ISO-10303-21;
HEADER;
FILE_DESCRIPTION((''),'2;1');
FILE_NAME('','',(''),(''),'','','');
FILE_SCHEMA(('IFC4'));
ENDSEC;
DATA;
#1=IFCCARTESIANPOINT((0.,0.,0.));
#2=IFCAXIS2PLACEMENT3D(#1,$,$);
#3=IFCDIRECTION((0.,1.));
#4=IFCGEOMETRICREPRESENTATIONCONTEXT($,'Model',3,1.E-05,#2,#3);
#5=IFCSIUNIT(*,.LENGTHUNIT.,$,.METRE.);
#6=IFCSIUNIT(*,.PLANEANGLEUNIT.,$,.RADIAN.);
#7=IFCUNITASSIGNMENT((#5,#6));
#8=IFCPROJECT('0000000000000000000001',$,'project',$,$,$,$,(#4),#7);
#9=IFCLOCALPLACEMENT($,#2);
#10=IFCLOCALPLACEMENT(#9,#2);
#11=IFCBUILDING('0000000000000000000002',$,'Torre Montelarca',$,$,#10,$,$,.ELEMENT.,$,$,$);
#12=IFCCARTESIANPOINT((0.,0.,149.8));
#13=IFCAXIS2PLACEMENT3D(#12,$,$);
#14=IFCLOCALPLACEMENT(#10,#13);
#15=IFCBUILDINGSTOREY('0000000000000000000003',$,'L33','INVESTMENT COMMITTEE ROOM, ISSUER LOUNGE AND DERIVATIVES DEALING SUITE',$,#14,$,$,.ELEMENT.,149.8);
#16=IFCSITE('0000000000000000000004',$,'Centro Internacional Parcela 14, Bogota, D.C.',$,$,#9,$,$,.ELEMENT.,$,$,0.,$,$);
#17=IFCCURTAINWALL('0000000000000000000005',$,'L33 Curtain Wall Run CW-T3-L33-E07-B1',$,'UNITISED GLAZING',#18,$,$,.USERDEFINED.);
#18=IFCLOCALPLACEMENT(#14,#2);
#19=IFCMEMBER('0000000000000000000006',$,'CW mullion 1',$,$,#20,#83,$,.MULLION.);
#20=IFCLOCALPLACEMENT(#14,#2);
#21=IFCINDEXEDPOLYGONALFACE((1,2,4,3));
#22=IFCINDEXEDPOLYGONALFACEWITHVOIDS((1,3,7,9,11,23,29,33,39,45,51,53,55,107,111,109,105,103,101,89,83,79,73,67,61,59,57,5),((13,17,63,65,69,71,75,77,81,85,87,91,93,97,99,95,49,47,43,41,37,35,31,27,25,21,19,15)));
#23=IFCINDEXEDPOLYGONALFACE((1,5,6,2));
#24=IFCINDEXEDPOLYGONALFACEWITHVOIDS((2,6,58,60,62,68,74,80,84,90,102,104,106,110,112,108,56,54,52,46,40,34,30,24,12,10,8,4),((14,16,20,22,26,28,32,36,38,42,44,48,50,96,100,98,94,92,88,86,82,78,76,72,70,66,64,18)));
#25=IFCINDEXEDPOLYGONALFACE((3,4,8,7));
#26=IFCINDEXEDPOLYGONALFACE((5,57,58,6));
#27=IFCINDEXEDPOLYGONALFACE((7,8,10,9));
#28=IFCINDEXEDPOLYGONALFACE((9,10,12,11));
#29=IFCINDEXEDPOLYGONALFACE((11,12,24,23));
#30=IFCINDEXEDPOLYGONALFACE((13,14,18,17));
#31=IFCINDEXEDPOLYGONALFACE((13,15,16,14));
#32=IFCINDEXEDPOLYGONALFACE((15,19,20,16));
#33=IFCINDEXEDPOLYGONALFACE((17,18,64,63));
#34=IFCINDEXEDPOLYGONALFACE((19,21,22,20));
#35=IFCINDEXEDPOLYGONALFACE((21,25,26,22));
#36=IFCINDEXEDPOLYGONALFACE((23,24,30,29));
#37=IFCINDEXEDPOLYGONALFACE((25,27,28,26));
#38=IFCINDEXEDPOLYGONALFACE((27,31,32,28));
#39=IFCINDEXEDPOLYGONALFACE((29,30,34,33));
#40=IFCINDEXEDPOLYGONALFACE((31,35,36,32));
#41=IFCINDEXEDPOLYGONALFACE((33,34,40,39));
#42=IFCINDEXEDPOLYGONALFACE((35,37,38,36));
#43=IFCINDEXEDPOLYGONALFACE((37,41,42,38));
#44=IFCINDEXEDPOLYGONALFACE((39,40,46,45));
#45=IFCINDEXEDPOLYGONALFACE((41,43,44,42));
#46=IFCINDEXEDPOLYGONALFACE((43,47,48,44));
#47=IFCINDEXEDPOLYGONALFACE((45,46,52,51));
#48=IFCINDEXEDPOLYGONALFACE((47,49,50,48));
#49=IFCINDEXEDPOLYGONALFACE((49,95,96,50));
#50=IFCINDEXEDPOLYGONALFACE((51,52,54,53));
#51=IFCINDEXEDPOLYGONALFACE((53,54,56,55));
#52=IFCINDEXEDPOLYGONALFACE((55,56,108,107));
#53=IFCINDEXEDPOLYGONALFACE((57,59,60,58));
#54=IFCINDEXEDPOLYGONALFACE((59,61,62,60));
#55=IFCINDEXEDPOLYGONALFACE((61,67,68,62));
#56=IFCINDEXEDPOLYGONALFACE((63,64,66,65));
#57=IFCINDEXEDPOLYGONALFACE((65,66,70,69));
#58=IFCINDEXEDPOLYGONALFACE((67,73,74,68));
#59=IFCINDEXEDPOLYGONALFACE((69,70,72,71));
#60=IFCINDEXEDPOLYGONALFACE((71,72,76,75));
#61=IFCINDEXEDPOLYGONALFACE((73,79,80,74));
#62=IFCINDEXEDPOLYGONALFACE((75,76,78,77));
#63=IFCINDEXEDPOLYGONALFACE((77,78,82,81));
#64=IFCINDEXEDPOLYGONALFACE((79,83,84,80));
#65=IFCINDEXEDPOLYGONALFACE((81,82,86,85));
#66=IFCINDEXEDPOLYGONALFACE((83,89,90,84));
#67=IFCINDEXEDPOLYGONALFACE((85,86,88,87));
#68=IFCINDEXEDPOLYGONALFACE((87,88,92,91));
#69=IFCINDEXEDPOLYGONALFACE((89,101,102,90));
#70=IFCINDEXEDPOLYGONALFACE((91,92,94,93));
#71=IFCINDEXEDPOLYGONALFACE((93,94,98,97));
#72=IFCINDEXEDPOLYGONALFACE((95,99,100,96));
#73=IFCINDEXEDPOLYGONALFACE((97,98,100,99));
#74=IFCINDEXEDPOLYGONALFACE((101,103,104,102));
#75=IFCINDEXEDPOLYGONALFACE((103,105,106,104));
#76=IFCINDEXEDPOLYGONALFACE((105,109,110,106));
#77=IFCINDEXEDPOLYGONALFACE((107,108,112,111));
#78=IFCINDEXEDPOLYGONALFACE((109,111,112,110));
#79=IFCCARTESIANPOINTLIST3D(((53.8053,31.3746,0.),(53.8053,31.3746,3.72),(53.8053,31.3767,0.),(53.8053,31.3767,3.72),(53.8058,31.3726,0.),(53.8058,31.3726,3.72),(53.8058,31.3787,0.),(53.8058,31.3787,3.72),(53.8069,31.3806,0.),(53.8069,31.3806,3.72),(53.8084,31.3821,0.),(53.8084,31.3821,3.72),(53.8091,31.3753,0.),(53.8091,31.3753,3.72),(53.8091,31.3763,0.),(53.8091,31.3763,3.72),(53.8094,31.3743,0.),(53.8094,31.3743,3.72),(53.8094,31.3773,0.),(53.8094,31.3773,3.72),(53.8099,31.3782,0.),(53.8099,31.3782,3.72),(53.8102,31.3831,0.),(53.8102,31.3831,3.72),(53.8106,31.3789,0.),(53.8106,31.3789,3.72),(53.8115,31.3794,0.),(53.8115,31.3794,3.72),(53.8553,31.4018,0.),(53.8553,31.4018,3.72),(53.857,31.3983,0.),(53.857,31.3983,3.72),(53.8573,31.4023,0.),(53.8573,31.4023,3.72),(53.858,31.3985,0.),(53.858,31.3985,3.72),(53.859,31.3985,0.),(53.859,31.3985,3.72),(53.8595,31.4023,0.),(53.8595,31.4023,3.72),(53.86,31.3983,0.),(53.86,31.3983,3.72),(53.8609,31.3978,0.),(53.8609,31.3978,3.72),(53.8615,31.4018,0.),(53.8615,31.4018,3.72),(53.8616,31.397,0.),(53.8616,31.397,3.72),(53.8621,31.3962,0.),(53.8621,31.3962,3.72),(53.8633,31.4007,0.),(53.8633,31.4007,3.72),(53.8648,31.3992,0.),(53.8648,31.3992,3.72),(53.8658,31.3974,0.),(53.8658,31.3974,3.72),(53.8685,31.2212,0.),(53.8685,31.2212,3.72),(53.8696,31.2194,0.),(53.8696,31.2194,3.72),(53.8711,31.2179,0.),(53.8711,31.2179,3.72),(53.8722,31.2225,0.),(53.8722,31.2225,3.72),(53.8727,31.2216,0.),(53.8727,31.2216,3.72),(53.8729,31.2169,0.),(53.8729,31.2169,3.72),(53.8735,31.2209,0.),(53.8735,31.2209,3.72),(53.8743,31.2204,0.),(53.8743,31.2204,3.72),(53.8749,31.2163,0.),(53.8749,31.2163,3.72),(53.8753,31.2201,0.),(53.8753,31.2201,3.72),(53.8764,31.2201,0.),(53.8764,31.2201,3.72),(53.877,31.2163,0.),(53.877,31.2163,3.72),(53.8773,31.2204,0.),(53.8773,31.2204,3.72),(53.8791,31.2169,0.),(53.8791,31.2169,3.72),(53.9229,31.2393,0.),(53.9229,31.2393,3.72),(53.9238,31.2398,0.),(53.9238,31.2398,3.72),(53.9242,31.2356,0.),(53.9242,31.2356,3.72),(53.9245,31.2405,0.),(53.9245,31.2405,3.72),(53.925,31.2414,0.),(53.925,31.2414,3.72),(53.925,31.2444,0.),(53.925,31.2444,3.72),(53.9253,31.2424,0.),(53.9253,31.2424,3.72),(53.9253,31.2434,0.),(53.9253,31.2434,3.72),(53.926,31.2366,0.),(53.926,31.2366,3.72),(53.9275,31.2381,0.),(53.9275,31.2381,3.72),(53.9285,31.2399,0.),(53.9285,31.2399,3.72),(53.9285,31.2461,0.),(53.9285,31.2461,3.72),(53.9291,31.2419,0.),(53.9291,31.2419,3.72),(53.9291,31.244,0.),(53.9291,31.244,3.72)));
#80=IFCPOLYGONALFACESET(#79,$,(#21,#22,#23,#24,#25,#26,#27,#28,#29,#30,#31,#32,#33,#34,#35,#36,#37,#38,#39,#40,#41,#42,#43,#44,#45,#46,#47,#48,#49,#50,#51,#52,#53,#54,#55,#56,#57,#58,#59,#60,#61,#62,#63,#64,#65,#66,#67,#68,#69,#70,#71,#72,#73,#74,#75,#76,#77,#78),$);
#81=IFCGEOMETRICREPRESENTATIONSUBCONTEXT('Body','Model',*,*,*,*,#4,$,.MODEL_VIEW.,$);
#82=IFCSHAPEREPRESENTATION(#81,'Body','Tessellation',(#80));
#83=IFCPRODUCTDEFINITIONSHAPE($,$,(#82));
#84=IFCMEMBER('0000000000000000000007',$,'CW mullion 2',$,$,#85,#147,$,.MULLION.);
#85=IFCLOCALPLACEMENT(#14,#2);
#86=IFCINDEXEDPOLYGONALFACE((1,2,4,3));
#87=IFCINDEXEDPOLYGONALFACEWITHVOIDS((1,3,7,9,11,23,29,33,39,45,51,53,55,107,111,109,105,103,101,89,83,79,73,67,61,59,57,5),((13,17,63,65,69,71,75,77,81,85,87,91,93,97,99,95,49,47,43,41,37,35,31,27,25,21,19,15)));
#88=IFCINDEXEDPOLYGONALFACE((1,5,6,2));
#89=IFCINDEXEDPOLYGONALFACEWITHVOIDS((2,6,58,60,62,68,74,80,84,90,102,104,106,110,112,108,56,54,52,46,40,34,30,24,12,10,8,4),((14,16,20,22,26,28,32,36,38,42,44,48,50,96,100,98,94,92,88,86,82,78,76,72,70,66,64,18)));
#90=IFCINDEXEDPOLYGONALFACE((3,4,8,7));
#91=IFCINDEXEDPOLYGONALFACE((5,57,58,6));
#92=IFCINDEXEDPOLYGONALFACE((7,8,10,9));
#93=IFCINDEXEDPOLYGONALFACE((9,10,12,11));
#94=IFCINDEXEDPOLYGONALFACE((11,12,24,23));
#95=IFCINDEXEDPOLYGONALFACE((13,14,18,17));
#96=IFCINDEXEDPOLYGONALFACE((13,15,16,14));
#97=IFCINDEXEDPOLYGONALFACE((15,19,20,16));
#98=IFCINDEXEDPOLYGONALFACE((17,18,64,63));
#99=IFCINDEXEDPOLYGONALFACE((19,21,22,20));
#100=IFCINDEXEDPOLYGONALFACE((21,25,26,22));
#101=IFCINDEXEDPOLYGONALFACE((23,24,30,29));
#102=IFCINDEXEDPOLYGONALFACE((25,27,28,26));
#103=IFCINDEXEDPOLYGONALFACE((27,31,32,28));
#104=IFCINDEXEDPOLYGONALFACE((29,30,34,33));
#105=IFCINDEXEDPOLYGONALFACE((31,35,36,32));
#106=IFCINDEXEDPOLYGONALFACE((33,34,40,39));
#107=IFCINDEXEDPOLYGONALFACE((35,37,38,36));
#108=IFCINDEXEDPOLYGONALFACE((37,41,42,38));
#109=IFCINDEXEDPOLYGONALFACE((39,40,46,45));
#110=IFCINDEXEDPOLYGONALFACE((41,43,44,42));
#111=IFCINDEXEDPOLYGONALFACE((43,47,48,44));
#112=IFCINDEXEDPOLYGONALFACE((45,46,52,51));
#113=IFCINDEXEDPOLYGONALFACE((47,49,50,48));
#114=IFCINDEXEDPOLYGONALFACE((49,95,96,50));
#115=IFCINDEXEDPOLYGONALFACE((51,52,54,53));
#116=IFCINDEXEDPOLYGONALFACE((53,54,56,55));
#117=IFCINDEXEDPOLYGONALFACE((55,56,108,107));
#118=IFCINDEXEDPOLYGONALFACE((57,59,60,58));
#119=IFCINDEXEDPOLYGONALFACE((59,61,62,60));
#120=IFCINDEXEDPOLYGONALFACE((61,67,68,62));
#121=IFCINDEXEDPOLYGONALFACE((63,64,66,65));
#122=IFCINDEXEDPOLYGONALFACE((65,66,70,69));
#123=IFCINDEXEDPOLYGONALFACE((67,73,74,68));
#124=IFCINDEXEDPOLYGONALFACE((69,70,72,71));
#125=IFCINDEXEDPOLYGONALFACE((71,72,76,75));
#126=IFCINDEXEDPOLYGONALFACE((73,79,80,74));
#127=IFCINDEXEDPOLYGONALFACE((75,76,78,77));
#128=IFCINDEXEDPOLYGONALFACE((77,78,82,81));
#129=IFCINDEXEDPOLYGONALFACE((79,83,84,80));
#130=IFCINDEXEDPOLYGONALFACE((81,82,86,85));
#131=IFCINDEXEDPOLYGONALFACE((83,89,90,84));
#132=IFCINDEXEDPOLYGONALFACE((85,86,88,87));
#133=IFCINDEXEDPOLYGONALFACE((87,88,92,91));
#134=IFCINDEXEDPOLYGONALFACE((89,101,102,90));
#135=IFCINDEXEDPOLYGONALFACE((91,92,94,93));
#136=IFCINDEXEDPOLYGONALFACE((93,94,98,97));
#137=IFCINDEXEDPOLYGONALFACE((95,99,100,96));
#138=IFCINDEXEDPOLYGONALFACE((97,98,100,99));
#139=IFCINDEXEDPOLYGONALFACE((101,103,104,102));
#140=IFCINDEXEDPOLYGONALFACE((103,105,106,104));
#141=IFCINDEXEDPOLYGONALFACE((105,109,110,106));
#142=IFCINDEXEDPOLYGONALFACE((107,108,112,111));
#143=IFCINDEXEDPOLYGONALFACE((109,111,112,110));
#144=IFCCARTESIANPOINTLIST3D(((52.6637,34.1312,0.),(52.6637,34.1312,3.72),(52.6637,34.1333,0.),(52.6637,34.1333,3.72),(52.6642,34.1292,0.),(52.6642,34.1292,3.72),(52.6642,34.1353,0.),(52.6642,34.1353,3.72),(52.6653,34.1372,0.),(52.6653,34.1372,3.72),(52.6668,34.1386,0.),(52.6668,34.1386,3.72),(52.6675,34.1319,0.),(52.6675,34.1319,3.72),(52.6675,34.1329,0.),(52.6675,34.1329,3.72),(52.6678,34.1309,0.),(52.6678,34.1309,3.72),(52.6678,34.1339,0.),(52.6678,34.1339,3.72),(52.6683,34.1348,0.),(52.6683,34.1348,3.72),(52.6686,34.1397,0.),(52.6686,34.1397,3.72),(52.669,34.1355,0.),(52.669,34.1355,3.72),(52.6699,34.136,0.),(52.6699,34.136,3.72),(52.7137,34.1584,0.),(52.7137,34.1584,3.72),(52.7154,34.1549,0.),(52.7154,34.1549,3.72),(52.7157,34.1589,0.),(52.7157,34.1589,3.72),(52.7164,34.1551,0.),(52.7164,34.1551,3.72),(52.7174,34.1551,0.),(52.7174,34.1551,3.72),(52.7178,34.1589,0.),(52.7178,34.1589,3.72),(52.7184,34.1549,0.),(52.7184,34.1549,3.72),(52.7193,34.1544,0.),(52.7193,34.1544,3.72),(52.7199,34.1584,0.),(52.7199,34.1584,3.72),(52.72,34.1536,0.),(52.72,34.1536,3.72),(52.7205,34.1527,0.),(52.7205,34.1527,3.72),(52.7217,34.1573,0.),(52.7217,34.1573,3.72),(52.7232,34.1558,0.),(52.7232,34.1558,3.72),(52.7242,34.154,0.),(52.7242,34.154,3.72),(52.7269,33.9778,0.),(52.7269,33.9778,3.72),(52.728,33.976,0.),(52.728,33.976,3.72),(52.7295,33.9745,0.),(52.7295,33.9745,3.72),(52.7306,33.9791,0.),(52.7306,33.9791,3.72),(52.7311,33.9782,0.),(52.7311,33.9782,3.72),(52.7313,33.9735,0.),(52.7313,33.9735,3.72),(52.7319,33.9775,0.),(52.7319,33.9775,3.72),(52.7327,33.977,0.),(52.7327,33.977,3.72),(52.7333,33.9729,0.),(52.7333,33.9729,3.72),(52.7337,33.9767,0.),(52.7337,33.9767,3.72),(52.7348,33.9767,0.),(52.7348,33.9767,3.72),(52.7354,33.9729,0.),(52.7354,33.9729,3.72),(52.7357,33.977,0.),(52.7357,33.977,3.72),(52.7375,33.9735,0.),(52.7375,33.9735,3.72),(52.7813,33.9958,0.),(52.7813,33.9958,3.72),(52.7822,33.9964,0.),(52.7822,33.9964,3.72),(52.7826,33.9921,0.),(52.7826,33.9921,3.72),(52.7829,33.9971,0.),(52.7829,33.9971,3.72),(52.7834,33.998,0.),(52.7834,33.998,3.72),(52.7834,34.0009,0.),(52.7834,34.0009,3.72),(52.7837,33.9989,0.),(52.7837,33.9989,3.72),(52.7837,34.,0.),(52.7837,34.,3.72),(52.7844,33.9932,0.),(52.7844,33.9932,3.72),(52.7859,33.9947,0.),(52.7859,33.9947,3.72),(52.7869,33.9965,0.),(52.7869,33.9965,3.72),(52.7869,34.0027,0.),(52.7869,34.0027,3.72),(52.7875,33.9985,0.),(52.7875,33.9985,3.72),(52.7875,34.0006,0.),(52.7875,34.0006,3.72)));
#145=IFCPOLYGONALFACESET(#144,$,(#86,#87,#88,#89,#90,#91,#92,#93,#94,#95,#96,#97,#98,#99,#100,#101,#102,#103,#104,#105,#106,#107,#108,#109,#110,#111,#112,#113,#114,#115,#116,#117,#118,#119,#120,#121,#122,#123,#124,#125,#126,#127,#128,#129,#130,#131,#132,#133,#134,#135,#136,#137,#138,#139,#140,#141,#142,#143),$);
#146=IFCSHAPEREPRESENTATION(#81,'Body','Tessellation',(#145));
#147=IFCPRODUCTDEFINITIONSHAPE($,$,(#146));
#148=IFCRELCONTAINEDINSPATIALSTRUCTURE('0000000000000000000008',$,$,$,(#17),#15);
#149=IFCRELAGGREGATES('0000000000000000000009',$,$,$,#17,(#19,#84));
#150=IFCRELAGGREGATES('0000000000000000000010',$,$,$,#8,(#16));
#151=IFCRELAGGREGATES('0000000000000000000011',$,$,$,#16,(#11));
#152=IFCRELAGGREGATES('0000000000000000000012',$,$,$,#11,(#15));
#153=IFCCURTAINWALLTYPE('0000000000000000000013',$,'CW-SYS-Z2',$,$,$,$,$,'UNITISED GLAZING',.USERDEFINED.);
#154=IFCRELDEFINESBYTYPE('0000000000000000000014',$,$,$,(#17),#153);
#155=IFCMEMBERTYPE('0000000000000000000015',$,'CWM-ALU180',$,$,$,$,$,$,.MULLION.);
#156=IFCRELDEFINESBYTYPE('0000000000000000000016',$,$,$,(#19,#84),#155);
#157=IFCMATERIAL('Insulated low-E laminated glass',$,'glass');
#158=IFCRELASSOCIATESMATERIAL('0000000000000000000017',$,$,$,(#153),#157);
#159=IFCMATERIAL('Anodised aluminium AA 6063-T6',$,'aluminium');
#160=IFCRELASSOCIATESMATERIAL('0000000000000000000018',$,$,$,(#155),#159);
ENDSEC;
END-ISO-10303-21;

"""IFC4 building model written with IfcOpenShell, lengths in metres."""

from ifc_helpers import new_model, si_unit, direction, frame, origin, origin_2d, place, context, subcontext, project, spatial, hollow_rectangle, extrude, source, transform, mapped, material, material_profile, profile_set, type_object, element, aggregate, save


model = new_model("IFC4")

# Units and contexts
model_context = context("Model", 3, precision=1e-05, world=origin(), true_north=direction((0.0, 1.0)))
body_context = subcontext(model_context, "Body", "Model", "MODEL_VIEW")
ifc_project = project(units=[si_unit("LENGTHUNIT", "METRE"), si_unit("PLANEANGLEUNIT", "RADIAN")], contexts=[model_context])

# Site, building, storey
site_placement = place(None, origin())
site = spatial("IfcSite", under=ifc_project, at=site_placement, Name="Centro Internacional Parcela 14, Bogota, D.C.", CompositionType="ELEMENT", RefElevation=0.0)
building_placement = place(site_placement, origin())
building = spatial("IfcBuilding", under=site, at=building_placement, Name="Torre Montelarca", CompositionType="ELEMENT")
storey_placement = place(building_placement, frame((0.0, 0.0, 149.8)))
storey = spatial("IfcBuildingStorey", under=building, at=storey_placement, Name="L33", Description="INVESTMENT COMMITTEE ROOM, ISSUER LOUNGE AND DERIVATIVES DEALING SUITE", CompositionType="ELEMENT", Elevation=149.8)

# Curtain wall
ifc_material_1 = material(Name="Insulated low-E laminated glass", Category="glass")
curtain_wall_type = type_object("IfcCurtainWallType", Name="CW-SYS-Z2", ElementType="UNITISED GLAZING", PredefinedType="USERDEFINED", material=ifc_material_1)
curtain_wall_1_placement = place(storey_placement, origin())
curtain_wall_1 = element("IfcCurtainWall", 1, at=curtain_wall_1_placement, inside=storey, type_object=curtain_wall_type, Name="L33 Curtain Wall Run CW-T3-L33-E07-B1", ObjectType="UNITISED GLAZING", PredefinedType="USERDEFINED")
ifc_material_2 = material(Name="Anodised aluminium AA 6063-T6", Category="aluminium")

# Shared definitions
ifc_material_profile_1 = material_profile(ifc_material_2, hollow_rectangle(XDim=0.0649, YDim=0.1799, WallThickness=0.0039, InnerFilletRadius=0.0039, OuterFilletRadius=0.0081, at=origin_2d()), Name="ALU65X180X4", Category="aluminium")
ifc_profile_set_1 = profile_set([ifc_material_profile_1], Name="Anodised aluminium AA 6063-T6")
member_type_1 = type_object("IfcMemberType", Name="CWM-ALU180", PredefinedType="MULLION", material=ifc_profile_set_1)
shared_shape_1 = source(origin(), body_context, "Body", "SweptSolid", [
    extrude(hollow_rectangle(XDim=0.0649, YDim=0.1799, WallThickness=0.0039, InnerFilletRadius=0.0039, OuterFilletRadius=0.0081, at=origin_2d()), origin(), (0.0, 0.0, 1.0), 3.72),
])

# Members
member_1_placement = place(storey_placement, frame((53.8672, 31.3093, 0.0), z_axis=(0.0, 0.0, 1.0), x_axis=(-0.923886, -0.382668, 0.0)))
member_1 = element("IfcMember", 2, at=member_1_placement, type_object=member_type_1, Name="CW mullion 1", PredefinedType="MULLION", context=body_context, shape_type="MappedRepresentation", body=[
    mapped(shared_shape_1, transform((0.0, 0.0, 0.0), scale=1.0)),
])
member_2_placement = place(storey_placement, frame((52.7256, 34.0659, 0.0), z_axis=(0.0, 0.0, 1.0), x_axis=(-0.923886, -0.382668, 0.0)))
member_2 = element("IfcMember", 3, at=member_2_placement, type_object=member_type_1, Name="CW mullion 2", PredefinedType="MULLION", context=body_context, shape_type="MappedRepresentation", body=[
    mapped(shared_shape_1, transform((0.0, 0.0, 0.0), scale=1.0)),
])

aggregate(curtain_wall_1, [member_1, member_2])

save(model, "model.ifc")
